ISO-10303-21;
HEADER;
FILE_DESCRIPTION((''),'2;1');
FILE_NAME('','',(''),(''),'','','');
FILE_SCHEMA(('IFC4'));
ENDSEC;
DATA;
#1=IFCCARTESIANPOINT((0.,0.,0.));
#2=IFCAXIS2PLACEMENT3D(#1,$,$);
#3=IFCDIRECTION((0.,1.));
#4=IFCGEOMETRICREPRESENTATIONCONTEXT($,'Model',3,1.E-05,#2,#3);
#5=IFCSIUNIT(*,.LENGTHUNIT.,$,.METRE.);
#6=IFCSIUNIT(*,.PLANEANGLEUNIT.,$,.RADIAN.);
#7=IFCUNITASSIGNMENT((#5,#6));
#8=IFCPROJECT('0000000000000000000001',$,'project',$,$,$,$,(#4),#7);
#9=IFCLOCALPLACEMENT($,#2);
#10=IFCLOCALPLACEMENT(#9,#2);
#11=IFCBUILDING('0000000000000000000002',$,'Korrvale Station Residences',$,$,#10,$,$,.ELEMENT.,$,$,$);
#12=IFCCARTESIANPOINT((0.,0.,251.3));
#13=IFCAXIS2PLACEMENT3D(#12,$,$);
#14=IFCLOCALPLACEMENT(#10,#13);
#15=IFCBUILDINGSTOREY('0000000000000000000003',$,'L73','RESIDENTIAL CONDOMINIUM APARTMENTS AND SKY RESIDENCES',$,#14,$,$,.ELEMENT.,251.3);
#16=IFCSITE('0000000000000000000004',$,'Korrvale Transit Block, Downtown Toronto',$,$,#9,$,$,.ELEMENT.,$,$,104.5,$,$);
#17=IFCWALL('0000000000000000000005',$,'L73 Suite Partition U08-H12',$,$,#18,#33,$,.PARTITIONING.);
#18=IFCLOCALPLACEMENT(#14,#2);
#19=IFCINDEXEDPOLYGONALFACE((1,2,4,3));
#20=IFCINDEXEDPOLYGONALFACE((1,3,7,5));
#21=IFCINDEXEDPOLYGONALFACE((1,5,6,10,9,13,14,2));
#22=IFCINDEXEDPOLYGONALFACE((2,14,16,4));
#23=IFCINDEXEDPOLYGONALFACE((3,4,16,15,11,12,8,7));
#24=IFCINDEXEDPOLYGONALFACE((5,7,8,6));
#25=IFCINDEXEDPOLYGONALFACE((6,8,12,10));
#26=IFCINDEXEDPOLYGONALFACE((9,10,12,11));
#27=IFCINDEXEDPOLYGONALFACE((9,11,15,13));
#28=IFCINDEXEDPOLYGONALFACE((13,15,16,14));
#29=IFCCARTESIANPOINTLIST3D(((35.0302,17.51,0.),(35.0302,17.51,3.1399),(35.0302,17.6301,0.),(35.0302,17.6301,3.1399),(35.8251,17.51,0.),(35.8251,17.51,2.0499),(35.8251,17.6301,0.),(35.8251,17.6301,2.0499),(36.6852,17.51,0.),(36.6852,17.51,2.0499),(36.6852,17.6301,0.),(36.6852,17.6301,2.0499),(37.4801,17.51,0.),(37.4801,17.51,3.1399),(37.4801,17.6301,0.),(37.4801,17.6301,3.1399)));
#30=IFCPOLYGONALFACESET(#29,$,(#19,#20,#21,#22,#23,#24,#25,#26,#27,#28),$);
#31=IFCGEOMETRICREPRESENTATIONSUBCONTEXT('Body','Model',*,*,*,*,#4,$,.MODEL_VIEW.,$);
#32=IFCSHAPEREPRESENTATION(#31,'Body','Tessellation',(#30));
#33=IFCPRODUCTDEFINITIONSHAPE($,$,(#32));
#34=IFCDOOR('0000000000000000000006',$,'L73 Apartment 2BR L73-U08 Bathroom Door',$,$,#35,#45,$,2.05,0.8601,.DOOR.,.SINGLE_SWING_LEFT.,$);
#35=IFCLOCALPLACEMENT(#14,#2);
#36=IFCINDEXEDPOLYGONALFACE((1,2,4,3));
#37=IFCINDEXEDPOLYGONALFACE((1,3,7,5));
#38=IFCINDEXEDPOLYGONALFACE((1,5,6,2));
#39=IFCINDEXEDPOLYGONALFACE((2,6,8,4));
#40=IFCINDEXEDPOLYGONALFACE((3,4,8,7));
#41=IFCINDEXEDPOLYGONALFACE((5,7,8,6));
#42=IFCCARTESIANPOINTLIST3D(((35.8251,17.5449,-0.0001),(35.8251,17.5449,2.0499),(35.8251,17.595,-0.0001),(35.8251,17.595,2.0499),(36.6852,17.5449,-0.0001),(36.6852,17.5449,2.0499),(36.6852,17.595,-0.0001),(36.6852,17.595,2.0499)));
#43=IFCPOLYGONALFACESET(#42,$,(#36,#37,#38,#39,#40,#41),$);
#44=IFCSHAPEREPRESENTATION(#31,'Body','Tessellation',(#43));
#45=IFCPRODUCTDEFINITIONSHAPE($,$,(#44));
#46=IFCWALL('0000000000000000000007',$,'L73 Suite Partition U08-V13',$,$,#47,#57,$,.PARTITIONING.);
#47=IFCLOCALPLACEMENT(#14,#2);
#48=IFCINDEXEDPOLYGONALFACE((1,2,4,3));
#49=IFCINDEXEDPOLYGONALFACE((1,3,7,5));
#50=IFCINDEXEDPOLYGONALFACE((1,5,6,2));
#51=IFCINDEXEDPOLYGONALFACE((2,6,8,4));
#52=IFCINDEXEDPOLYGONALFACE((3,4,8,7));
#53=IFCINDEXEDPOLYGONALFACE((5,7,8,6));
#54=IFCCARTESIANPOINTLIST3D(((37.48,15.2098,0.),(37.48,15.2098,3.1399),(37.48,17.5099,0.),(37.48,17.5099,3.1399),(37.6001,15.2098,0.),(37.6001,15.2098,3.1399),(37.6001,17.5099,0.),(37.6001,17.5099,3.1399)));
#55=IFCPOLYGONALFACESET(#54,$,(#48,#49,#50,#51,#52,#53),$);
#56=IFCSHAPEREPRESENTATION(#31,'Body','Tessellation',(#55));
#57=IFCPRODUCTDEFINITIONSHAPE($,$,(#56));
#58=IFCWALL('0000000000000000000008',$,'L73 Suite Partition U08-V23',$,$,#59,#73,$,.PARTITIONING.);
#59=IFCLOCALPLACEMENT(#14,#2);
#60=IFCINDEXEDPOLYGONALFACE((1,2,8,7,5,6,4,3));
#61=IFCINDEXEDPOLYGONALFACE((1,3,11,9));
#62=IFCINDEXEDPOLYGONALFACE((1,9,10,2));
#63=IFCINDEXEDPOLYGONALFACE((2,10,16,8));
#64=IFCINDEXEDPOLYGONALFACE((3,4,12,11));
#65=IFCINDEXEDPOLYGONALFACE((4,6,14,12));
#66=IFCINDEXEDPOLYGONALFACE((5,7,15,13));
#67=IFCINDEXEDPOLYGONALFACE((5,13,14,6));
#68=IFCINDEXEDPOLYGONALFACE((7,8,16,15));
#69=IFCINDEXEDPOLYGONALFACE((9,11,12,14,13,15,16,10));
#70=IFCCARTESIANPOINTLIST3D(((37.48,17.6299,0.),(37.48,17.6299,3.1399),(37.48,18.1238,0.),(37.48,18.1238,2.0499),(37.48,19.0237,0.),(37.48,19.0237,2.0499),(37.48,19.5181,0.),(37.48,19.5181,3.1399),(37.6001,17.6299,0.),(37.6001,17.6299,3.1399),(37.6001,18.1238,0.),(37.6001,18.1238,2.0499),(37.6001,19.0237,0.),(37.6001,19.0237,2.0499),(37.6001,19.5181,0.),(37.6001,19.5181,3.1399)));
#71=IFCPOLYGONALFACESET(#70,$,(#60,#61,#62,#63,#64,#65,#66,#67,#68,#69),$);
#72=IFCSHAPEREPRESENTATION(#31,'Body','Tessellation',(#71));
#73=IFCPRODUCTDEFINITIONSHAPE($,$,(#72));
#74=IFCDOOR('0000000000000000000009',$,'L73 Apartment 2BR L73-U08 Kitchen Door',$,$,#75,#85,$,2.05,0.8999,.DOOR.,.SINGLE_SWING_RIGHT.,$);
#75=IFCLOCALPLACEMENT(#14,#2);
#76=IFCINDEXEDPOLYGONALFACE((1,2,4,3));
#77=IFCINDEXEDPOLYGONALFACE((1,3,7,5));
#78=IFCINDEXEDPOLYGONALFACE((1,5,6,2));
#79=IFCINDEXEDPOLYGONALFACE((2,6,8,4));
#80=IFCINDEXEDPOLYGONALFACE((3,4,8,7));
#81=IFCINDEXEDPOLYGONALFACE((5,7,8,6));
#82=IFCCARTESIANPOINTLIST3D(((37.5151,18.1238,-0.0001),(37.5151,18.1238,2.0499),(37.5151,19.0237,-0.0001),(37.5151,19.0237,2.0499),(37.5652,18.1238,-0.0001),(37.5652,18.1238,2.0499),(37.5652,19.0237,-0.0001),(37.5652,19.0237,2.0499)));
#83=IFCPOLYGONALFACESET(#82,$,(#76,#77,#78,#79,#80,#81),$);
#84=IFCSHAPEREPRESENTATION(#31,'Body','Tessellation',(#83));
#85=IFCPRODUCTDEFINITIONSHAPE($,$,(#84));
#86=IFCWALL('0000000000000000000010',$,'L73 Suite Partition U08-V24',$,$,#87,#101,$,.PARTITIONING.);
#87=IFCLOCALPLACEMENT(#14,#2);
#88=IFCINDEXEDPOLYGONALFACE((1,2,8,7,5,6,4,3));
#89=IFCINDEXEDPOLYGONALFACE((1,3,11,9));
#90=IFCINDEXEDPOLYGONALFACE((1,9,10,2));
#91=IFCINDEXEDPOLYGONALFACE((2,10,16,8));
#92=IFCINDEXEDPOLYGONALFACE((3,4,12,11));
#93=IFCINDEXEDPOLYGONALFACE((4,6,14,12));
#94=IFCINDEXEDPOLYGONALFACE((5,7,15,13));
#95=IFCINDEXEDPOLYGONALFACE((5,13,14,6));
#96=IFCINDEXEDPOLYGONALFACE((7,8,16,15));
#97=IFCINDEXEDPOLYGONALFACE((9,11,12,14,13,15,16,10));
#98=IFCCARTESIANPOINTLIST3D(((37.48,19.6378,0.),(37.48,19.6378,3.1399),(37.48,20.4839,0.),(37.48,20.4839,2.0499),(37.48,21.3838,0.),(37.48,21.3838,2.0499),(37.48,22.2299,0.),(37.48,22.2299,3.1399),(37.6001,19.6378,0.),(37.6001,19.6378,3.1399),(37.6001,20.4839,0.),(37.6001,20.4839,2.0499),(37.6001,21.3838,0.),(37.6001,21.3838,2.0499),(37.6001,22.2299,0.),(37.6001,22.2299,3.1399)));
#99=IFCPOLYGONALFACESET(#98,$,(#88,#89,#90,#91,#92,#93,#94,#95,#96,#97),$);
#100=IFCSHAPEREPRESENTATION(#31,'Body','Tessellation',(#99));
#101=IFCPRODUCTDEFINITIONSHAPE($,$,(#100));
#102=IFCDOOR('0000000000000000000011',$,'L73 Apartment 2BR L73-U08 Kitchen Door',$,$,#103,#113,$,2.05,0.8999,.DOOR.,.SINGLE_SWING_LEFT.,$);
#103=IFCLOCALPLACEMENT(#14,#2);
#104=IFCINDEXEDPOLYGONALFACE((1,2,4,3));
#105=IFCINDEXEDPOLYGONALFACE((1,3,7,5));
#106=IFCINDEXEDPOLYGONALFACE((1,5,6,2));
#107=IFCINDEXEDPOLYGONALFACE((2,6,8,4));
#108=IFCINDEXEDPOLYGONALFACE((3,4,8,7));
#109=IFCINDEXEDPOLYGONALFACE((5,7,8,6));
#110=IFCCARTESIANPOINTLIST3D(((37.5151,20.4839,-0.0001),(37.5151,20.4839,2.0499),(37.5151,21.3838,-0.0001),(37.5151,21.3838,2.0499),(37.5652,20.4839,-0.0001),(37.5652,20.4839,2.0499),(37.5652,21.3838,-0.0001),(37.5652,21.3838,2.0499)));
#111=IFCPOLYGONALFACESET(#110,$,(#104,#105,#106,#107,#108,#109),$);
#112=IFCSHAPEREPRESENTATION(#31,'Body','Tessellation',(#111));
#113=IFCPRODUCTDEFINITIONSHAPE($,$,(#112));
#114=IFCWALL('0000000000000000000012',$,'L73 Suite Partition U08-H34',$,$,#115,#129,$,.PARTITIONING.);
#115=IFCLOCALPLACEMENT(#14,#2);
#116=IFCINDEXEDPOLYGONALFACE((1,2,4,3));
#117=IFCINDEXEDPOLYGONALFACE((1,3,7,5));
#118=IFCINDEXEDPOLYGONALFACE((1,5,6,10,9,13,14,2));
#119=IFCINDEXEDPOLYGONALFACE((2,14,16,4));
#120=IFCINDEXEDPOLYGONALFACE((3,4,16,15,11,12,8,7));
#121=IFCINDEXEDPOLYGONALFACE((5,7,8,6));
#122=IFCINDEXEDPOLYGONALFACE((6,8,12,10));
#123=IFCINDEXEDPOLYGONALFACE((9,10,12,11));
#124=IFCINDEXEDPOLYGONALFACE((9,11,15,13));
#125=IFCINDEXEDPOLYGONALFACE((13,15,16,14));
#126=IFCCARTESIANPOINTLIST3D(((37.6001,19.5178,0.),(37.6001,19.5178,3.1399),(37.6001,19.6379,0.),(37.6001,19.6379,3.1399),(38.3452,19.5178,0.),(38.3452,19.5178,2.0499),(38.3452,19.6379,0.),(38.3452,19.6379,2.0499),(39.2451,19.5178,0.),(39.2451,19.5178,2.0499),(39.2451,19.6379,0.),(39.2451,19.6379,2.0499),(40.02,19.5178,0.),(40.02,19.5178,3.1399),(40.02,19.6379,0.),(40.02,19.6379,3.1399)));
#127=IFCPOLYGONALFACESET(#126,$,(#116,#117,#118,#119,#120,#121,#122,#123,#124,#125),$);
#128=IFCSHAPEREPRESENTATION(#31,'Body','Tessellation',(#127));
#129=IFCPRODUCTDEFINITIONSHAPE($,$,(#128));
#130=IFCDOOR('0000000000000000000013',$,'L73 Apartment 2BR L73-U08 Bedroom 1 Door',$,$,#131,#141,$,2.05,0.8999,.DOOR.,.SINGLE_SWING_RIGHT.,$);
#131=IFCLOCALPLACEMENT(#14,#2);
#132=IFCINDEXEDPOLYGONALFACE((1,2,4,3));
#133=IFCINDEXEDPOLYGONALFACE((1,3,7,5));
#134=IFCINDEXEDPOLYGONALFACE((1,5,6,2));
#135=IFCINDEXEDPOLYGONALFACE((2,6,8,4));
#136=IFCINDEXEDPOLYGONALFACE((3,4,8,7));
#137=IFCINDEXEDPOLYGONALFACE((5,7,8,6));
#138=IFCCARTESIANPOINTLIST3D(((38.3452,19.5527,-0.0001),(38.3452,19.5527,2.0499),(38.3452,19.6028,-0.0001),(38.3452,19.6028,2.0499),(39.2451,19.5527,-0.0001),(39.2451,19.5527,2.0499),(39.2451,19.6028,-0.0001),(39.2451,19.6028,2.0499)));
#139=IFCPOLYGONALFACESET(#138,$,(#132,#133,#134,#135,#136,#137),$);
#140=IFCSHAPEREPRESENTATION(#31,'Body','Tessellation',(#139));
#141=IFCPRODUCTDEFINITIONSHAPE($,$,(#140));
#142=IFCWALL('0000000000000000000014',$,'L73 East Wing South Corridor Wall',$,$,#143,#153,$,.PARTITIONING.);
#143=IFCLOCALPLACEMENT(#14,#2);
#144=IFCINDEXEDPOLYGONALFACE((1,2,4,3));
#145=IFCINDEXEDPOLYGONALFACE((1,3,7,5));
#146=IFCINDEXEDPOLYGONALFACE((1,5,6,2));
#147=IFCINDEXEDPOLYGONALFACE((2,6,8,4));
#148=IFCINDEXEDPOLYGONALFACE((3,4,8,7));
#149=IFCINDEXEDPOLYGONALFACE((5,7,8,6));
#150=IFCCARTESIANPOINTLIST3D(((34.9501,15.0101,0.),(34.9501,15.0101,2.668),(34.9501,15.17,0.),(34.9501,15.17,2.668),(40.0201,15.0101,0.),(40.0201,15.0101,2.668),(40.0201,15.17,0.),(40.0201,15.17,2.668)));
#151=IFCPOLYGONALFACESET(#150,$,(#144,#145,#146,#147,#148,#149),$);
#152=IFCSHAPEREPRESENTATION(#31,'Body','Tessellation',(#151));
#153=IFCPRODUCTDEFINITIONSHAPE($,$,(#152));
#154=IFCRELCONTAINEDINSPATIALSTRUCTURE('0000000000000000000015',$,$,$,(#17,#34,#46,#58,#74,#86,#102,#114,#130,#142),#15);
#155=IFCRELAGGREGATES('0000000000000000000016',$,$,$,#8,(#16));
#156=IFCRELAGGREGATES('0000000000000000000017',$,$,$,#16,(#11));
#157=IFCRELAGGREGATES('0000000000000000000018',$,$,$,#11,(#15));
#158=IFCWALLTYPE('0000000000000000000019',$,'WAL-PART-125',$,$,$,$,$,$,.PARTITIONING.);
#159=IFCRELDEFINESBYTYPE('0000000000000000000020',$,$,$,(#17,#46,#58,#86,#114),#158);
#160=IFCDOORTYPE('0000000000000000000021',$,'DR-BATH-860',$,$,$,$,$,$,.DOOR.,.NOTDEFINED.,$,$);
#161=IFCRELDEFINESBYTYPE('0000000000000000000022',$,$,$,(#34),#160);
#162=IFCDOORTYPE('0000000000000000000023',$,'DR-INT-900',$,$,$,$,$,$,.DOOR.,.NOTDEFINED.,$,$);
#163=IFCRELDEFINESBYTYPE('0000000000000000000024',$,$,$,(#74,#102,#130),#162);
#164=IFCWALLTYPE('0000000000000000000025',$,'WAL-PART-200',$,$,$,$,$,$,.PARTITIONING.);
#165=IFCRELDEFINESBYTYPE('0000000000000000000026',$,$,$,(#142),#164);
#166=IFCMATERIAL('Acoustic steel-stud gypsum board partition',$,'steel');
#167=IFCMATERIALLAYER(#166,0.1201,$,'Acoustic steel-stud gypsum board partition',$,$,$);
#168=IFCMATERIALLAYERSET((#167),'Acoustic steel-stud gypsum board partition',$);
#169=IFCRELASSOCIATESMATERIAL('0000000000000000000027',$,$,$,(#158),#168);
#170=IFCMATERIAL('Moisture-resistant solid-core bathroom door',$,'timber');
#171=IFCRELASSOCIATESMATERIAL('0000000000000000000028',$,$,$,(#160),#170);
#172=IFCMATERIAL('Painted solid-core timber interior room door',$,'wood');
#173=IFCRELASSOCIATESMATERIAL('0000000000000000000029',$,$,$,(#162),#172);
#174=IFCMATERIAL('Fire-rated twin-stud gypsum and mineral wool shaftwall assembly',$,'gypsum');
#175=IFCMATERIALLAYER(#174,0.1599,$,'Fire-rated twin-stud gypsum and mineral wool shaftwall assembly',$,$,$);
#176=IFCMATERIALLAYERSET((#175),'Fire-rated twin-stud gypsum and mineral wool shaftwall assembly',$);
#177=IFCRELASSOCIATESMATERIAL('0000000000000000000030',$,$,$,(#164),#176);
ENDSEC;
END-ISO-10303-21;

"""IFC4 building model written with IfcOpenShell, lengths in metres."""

from ifc_helpers import new_model, si_unit, direction, frame, frame_2d, origin, place, context, subcontext, project, spatial, rectangle, extrude, material, layer, layer_set, type_object, element, fill, save


model = new_model("IFC4")

# Units and contexts
model_context = context("Model", 3, precision=1e-05, world=origin(), true_north=direction((0.0, 1.0)))
body_context = subcontext(model_context, "Body", "Model", "MODEL_VIEW")
ifc_project = project(units=[si_unit("LENGTHUNIT", "METRE"), si_unit("PLANEANGLEUNIT", "RADIAN")], contexts=[model_context])

# Site, building, storey
site_placement = place(None, origin())
site = spatial("IfcSite", under=ifc_project, at=site_placement, Name="Korrvale Transit Block, Downtown Toronto", CompositionType="ELEMENT", RefElevation=104.5)
building_placement = place(site_placement, origin())
building = spatial("IfcBuilding", under=site, at=building_placement, Name="Korrvale Station Residences", CompositionType="ELEMENT")
storey_placement = place(building_placement, frame((0.0, 0.0, 251.3)))
storey = spatial("IfcBuildingStorey", under=building, at=storey_placement, Name="L73", Description="RESIDENTIAL CONDOMINIUM APARTMENTS AND SKY RESIDENCES", CompositionType="ELEMENT", Elevation=251.3)

# Wall, opening, door
ifc_material_1 = material(Name="Acoustic steel-stud gypsum board partition", Category="steel")
ifc_layer_1 = layer(ifc_material_1, 0.1201, Name="Acoustic steel-stud gypsum board partition")
ifc_layer_set_1 = layer_set([ifc_layer_1], Name="Acoustic steel-stud gypsum board partition")
wall_type_1 = type_object("IfcWallType", Name="WAL-PART-125", PredefinedType="PARTITIONING", material=ifc_layer_set_1)
wall_1_placement = place(storey_placement, frame((35.03, 17.5701, 0.0), z_axis=(0.0, 0.0, 1.0), x_axis=(1.0, 0.0, 0.0)))
wall_1 = element("IfcWall", 1, at=wall_1_placement, inside=storey, type_object=wall_type_1, Name="L73 Suite Partition U08-H12", PredefinedType="PARTITIONING", context=body_context, shape_type="SweptSolid", body=[
    extrude(rectangle(XDim=2.45, YDim=0.1201, at=frame_2d((1.2251, 0.0))), origin(), (0.0, 0.0, 1.0), 3.1399),
])
opening_1_placement = place(wall_1_placement, frame((0.7949, 0.0, 0.0)))
opening_1 = element("IfcOpeningElement", 2, at=opening_1_placement, cuts=wall_1, PredefinedType="OPENING", context=body_context, shape_type="SweptSolid", body=[
    extrude(rectangle(XDim=0.8601, YDim=2.05, at=frame_2d((0.4302, 1.0249))), frame((0.0, 0.0701, 0.0), z_axis=(0.0, -1.0, 0.0), x_axis=(1.0, 0.0, 0.0)), (0.0, 0.0, 1.0), 0.1401),
])
ifc_material_2 = material(Name="Moisture-resistant solid-core bathroom door", Category="timber")
door_type_1 = type_object("IfcDoorType", Name="DR-BATH-860", OperationType="NOTDEFINED", PredefinedType="DOOR", material=ifc_material_2)
door_1_placement = place(opening_1_placement, origin())
door_1 = element("IfcDoor", 3, at=door_1_placement, inside=storey, type_object=door_type_1, Name="L73 Apartment 2BR L73-U08 Bathroom Door", OperationType="SINGLE_SWING_LEFT", OverallHeight=2.05, OverallWidth=0.8601, PredefinedType="DOOR", context=body_context, shape_type="SweptSolid", body=[
    extrude(rectangle(XDim=0.8601, YDim=2.05, at=frame_2d((0.4302, 1.0249))), frame((0.0, 0.0249, 0.0), z_axis=(0.0, -1.0, 0.0), x_axis=(1.0, 0.0, 0.0)), (0.0, 0.0, 1.0), 0.05),
])
fill(opening_1, door_1)

# Wall
wall_2_placement = place(storey_placement, frame((37.54, 15.21, 0.0), z_axis=(0.0, 0.0, 1.0), x_axis=(0.0, 1.0, 0.0)))
element("IfcWall", 4, at=wall_2_placement, inside=storey, type_object=wall_type_1, Name="L73 Suite Partition U08-V13", PredefinedType="PARTITIONING", context=body_context, shape_type="SweptSolid", body=[
    extrude(rectangle(XDim=2.3, YDim=0.1201, at=frame_2d((1.1499, 0.0))), origin(), (0.0, 0.0, 1.0), 3.1399),
])

# Walls, openings, doors
wall_3_placement = place(storey_placement, frame((37.54, 17.6299, 0.0), z_axis=(0.0, 0.0, 1.0), x_axis=(0.0, 1.0, 0.0)))
wall_3 = element("IfcWall", 5, at=wall_3_placement, inside=storey, type_object=wall_type_1, Name="L73 Suite Partition U08-V23", PredefinedType="PARTITIONING", context=body_context, shape_type="SweptSolid", body=[
    extrude(rectangle(XDim=1.8882, YDim=0.1201, at=frame_2d((0.9441, 0.0))), origin(), (0.0, 0.0, 1.0), 3.1399),
])
opening_2_placement = place(wall_3_placement, frame((0.4939, 0.0, 0.0)))
opening_2 = element("IfcOpeningElement", 6, at=opening_2_placement, cuts=wall_3, PredefinedType="OPENING", context=body_context, shape_type="SweptSolid", body=[
    extrude(rectangle(XDim=0.8999, YDim=2.05, at=frame_2d((0.45, 1.0249))), frame((0.0, 0.0701, 0.0), z_axis=(0.0, -1.0, 0.0), x_axis=(1.0, 0.0, 0.0)), (0.0, 0.0, 1.0), 0.1401),
])
ifc_material_3 = material(Name="Painted solid-core timber interior room door", Category="wood")
door_type_2 = type_object("IfcDoorType", Name="DR-INT-900", OperationType="NOTDEFINED", PredefinedType="DOOR", material=ifc_material_3)
door_2_placement = place(opening_2_placement, origin())
door_2 = element("IfcDoor", 7, at=door_2_placement, inside=storey, type_object=door_type_2, Name="L73 Apartment 2BR L73-U08 Kitchen Door", OperationType="SINGLE_SWING_RIGHT", OverallHeight=2.05, OverallWidth=0.8999, PredefinedType="DOOR", context=body_context, shape_type="SweptSolid", body=[
    extrude(rectangle(XDim=0.8999, YDim=2.05, at=frame_2d((0.45, 1.0249))), frame((0.0, 0.0249, 0.0), z_axis=(0.0, -1.0, 0.0), x_axis=(1.0, 0.0, 0.0)), (0.0, 0.0, 1.0), 0.05),
])
fill(opening_2, door_2)
wall_4_placement = place(storey_placement, frame((37.54, 19.6379, 0.0), z_axis=(0.0, 0.0, 1.0), x_axis=(0.0, 1.0, 0.0)))
wall_4 = element("IfcWall", 8, at=wall_4_placement, inside=storey, type_object=wall_type_1, Name="L73 Suite Partition U08-V24", PredefinedType="PARTITIONING", context=body_context, shape_type="SweptSolid", body=[
    extrude(rectangle(XDim=2.592, YDim=0.1201, at=frame_2d((1.2959, 0.0))), origin(), (0.0, 0.0, 1.0), 3.1399),
])
opening_3_placement = place(wall_4_placement, frame((0.8459, 0.0, 0.0)))
opening_3 = element("IfcOpeningElement", 9, at=opening_3_placement, cuts=wall_4, PredefinedType="OPENING", context=body_context, shape_type="SweptSolid", body=[
    extrude(rectangle(XDim=0.8999, YDim=2.05, at=frame_2d((0.45, 1.0249))), frame((0.0, 0.0701, 0.0), z_axis=(0.0, -1.0, 0.0), x_axis=(1.0, 0.0, 0.0)), (0.0, 0.0, 1.0), 0.1401),
])
door_3_placement = place(opening_3_placement, origin())
door_3 = element("IfcDoor", 10, at=door_3_placement, inside=storey, type_object=door_type_2, Name="L73 Apartment 2BR L73-U08 Kitchen Door", OperationType="SINGLE_SWING_LEFT", OverallHeight=2.05, OverallWidth=0.8999, PredefinedType="DOOR", context=body_context, shape_type="SweptSolid", body=[
    extrude(rectangle(XDim=0.8999, YDim=2.05, at=frame_2d((0.45, 1.0249))), frame((0.0, 0.0249, 0.0), z_axis=(0.0, -1.0, 0.0), x_axis=(1.0, 0.0, 0.0)), (0.0, 0.0, 1.0), 0.05),
])
fill(opening_3, door_3)
wall_5_placement = place(storey_placement, frame((37.6001, 19.5779, 0.0), z_axis=(0.0, 0.0, 1.0), x_axis=(1.0, 0.0, 0.0)))
wall_5 = element("IfcWall", 11, at=wall_5_placement, inside=storey, type_object=wall_type_1, Name="L73 Suite Partition U08-H34", PredefinedType="PARTITIONING", context=body_context, shape_type="SweptSolid", body=[
    extrude(rectangle(XDim=2.4199, YDim=0.1201, at=frame_2d((1.21, 0.0))), origin(), (0.0, 0.0, 1.0), 3.1399),
])
opening_4_placement = place(wall_5_placement, frame((0.7451, 0.0, 0.0)))
opening_4 = element("IfcOpeningElement", 12, at=opening_4_placement, cuts=wall_5, PredefinedType="OPENING", context=body_context, shape_type="SweptSolid", body=[
    extrude(rectangle(XDim=0.8999, YDim=2.05, at=frame_2d((0.45, 1.0249))), frame((0.0, 0.0701, 0.0), z_axis=(0.0, -1.0, 0.0), x_axis=(1.0, 0.0, 0.0)), (0.0, 0.0, 1.0), 0.1401),
])
door_4_placement = place(opening_4_placement, origin())
door_4 = element("IfcDoor", 13, at=door_4_placement, inside=storey, type_object=door_type_2, Name="L73 Apartment 2BR L73-U08 Bedroom 1 Door", OperationType="SINGLE_SWING_RIGHT", OverallHeight=2.05, OverallWidth=0.8999, PredefinedType="DOOR", context=body_context, shape_type="SweptSolid", body=[
    extrude(rectangle(XDim=0.8999, YDim=2.05, at=frame_2d((0.45, 1.0249))), frame((0.0, 0.0249, 0.0), z_axis=(0.0, -1.0, 0.0), x_axis=(1.0, 0.0, 0.0)), (0.0, 0.0, 1.0), 0.05),
])
fill(opening_4, door_4)

# Wall
ifc_material_4 = material(Name="Fire-rated twin-stud gypsum and mineral wool shaftwall assembly", Category="gypsum")
ifc_layer_2 = layer(ifc_material_4, 0.1599, Name="Fire-rated twin-stud gypsum and mineral wool shaftwall assembly")
ifc_layer_set_2 = layer_set([ifc_layer_2], Name="Fire-rated twin-stud gypsum and mineral wool shaftwall assembly")
wall_type_2 = type_object("IfcWallType", Name="WAL-PART-200", PredefinedType="PARTITIONING", material=ifc_layer_set_2)
wall_6_placement = place(storey_placement, frame((34.95, 15.0901, 0.0), z_axis=(0.0, 0.0, 1.0), x_axis=(1.0, 0.0, 0.0)))
element("IfcWall", 14, at=wall_6_placement, inside=storey, type_object=wall_type_2, Name="L73 East Wing South Corridor Wall", PredefinedType="PARTITIONING", context=body_context, shape_type="SweptSolid", body=[
    extrude(rectangle(XDim=5.0701, YDim=0.1599, at=frame_2d((2.5352, 0.0))), origin(), (0.0, 0.0, 1.0), 2.668),
])

save(model, "model.ifc")
